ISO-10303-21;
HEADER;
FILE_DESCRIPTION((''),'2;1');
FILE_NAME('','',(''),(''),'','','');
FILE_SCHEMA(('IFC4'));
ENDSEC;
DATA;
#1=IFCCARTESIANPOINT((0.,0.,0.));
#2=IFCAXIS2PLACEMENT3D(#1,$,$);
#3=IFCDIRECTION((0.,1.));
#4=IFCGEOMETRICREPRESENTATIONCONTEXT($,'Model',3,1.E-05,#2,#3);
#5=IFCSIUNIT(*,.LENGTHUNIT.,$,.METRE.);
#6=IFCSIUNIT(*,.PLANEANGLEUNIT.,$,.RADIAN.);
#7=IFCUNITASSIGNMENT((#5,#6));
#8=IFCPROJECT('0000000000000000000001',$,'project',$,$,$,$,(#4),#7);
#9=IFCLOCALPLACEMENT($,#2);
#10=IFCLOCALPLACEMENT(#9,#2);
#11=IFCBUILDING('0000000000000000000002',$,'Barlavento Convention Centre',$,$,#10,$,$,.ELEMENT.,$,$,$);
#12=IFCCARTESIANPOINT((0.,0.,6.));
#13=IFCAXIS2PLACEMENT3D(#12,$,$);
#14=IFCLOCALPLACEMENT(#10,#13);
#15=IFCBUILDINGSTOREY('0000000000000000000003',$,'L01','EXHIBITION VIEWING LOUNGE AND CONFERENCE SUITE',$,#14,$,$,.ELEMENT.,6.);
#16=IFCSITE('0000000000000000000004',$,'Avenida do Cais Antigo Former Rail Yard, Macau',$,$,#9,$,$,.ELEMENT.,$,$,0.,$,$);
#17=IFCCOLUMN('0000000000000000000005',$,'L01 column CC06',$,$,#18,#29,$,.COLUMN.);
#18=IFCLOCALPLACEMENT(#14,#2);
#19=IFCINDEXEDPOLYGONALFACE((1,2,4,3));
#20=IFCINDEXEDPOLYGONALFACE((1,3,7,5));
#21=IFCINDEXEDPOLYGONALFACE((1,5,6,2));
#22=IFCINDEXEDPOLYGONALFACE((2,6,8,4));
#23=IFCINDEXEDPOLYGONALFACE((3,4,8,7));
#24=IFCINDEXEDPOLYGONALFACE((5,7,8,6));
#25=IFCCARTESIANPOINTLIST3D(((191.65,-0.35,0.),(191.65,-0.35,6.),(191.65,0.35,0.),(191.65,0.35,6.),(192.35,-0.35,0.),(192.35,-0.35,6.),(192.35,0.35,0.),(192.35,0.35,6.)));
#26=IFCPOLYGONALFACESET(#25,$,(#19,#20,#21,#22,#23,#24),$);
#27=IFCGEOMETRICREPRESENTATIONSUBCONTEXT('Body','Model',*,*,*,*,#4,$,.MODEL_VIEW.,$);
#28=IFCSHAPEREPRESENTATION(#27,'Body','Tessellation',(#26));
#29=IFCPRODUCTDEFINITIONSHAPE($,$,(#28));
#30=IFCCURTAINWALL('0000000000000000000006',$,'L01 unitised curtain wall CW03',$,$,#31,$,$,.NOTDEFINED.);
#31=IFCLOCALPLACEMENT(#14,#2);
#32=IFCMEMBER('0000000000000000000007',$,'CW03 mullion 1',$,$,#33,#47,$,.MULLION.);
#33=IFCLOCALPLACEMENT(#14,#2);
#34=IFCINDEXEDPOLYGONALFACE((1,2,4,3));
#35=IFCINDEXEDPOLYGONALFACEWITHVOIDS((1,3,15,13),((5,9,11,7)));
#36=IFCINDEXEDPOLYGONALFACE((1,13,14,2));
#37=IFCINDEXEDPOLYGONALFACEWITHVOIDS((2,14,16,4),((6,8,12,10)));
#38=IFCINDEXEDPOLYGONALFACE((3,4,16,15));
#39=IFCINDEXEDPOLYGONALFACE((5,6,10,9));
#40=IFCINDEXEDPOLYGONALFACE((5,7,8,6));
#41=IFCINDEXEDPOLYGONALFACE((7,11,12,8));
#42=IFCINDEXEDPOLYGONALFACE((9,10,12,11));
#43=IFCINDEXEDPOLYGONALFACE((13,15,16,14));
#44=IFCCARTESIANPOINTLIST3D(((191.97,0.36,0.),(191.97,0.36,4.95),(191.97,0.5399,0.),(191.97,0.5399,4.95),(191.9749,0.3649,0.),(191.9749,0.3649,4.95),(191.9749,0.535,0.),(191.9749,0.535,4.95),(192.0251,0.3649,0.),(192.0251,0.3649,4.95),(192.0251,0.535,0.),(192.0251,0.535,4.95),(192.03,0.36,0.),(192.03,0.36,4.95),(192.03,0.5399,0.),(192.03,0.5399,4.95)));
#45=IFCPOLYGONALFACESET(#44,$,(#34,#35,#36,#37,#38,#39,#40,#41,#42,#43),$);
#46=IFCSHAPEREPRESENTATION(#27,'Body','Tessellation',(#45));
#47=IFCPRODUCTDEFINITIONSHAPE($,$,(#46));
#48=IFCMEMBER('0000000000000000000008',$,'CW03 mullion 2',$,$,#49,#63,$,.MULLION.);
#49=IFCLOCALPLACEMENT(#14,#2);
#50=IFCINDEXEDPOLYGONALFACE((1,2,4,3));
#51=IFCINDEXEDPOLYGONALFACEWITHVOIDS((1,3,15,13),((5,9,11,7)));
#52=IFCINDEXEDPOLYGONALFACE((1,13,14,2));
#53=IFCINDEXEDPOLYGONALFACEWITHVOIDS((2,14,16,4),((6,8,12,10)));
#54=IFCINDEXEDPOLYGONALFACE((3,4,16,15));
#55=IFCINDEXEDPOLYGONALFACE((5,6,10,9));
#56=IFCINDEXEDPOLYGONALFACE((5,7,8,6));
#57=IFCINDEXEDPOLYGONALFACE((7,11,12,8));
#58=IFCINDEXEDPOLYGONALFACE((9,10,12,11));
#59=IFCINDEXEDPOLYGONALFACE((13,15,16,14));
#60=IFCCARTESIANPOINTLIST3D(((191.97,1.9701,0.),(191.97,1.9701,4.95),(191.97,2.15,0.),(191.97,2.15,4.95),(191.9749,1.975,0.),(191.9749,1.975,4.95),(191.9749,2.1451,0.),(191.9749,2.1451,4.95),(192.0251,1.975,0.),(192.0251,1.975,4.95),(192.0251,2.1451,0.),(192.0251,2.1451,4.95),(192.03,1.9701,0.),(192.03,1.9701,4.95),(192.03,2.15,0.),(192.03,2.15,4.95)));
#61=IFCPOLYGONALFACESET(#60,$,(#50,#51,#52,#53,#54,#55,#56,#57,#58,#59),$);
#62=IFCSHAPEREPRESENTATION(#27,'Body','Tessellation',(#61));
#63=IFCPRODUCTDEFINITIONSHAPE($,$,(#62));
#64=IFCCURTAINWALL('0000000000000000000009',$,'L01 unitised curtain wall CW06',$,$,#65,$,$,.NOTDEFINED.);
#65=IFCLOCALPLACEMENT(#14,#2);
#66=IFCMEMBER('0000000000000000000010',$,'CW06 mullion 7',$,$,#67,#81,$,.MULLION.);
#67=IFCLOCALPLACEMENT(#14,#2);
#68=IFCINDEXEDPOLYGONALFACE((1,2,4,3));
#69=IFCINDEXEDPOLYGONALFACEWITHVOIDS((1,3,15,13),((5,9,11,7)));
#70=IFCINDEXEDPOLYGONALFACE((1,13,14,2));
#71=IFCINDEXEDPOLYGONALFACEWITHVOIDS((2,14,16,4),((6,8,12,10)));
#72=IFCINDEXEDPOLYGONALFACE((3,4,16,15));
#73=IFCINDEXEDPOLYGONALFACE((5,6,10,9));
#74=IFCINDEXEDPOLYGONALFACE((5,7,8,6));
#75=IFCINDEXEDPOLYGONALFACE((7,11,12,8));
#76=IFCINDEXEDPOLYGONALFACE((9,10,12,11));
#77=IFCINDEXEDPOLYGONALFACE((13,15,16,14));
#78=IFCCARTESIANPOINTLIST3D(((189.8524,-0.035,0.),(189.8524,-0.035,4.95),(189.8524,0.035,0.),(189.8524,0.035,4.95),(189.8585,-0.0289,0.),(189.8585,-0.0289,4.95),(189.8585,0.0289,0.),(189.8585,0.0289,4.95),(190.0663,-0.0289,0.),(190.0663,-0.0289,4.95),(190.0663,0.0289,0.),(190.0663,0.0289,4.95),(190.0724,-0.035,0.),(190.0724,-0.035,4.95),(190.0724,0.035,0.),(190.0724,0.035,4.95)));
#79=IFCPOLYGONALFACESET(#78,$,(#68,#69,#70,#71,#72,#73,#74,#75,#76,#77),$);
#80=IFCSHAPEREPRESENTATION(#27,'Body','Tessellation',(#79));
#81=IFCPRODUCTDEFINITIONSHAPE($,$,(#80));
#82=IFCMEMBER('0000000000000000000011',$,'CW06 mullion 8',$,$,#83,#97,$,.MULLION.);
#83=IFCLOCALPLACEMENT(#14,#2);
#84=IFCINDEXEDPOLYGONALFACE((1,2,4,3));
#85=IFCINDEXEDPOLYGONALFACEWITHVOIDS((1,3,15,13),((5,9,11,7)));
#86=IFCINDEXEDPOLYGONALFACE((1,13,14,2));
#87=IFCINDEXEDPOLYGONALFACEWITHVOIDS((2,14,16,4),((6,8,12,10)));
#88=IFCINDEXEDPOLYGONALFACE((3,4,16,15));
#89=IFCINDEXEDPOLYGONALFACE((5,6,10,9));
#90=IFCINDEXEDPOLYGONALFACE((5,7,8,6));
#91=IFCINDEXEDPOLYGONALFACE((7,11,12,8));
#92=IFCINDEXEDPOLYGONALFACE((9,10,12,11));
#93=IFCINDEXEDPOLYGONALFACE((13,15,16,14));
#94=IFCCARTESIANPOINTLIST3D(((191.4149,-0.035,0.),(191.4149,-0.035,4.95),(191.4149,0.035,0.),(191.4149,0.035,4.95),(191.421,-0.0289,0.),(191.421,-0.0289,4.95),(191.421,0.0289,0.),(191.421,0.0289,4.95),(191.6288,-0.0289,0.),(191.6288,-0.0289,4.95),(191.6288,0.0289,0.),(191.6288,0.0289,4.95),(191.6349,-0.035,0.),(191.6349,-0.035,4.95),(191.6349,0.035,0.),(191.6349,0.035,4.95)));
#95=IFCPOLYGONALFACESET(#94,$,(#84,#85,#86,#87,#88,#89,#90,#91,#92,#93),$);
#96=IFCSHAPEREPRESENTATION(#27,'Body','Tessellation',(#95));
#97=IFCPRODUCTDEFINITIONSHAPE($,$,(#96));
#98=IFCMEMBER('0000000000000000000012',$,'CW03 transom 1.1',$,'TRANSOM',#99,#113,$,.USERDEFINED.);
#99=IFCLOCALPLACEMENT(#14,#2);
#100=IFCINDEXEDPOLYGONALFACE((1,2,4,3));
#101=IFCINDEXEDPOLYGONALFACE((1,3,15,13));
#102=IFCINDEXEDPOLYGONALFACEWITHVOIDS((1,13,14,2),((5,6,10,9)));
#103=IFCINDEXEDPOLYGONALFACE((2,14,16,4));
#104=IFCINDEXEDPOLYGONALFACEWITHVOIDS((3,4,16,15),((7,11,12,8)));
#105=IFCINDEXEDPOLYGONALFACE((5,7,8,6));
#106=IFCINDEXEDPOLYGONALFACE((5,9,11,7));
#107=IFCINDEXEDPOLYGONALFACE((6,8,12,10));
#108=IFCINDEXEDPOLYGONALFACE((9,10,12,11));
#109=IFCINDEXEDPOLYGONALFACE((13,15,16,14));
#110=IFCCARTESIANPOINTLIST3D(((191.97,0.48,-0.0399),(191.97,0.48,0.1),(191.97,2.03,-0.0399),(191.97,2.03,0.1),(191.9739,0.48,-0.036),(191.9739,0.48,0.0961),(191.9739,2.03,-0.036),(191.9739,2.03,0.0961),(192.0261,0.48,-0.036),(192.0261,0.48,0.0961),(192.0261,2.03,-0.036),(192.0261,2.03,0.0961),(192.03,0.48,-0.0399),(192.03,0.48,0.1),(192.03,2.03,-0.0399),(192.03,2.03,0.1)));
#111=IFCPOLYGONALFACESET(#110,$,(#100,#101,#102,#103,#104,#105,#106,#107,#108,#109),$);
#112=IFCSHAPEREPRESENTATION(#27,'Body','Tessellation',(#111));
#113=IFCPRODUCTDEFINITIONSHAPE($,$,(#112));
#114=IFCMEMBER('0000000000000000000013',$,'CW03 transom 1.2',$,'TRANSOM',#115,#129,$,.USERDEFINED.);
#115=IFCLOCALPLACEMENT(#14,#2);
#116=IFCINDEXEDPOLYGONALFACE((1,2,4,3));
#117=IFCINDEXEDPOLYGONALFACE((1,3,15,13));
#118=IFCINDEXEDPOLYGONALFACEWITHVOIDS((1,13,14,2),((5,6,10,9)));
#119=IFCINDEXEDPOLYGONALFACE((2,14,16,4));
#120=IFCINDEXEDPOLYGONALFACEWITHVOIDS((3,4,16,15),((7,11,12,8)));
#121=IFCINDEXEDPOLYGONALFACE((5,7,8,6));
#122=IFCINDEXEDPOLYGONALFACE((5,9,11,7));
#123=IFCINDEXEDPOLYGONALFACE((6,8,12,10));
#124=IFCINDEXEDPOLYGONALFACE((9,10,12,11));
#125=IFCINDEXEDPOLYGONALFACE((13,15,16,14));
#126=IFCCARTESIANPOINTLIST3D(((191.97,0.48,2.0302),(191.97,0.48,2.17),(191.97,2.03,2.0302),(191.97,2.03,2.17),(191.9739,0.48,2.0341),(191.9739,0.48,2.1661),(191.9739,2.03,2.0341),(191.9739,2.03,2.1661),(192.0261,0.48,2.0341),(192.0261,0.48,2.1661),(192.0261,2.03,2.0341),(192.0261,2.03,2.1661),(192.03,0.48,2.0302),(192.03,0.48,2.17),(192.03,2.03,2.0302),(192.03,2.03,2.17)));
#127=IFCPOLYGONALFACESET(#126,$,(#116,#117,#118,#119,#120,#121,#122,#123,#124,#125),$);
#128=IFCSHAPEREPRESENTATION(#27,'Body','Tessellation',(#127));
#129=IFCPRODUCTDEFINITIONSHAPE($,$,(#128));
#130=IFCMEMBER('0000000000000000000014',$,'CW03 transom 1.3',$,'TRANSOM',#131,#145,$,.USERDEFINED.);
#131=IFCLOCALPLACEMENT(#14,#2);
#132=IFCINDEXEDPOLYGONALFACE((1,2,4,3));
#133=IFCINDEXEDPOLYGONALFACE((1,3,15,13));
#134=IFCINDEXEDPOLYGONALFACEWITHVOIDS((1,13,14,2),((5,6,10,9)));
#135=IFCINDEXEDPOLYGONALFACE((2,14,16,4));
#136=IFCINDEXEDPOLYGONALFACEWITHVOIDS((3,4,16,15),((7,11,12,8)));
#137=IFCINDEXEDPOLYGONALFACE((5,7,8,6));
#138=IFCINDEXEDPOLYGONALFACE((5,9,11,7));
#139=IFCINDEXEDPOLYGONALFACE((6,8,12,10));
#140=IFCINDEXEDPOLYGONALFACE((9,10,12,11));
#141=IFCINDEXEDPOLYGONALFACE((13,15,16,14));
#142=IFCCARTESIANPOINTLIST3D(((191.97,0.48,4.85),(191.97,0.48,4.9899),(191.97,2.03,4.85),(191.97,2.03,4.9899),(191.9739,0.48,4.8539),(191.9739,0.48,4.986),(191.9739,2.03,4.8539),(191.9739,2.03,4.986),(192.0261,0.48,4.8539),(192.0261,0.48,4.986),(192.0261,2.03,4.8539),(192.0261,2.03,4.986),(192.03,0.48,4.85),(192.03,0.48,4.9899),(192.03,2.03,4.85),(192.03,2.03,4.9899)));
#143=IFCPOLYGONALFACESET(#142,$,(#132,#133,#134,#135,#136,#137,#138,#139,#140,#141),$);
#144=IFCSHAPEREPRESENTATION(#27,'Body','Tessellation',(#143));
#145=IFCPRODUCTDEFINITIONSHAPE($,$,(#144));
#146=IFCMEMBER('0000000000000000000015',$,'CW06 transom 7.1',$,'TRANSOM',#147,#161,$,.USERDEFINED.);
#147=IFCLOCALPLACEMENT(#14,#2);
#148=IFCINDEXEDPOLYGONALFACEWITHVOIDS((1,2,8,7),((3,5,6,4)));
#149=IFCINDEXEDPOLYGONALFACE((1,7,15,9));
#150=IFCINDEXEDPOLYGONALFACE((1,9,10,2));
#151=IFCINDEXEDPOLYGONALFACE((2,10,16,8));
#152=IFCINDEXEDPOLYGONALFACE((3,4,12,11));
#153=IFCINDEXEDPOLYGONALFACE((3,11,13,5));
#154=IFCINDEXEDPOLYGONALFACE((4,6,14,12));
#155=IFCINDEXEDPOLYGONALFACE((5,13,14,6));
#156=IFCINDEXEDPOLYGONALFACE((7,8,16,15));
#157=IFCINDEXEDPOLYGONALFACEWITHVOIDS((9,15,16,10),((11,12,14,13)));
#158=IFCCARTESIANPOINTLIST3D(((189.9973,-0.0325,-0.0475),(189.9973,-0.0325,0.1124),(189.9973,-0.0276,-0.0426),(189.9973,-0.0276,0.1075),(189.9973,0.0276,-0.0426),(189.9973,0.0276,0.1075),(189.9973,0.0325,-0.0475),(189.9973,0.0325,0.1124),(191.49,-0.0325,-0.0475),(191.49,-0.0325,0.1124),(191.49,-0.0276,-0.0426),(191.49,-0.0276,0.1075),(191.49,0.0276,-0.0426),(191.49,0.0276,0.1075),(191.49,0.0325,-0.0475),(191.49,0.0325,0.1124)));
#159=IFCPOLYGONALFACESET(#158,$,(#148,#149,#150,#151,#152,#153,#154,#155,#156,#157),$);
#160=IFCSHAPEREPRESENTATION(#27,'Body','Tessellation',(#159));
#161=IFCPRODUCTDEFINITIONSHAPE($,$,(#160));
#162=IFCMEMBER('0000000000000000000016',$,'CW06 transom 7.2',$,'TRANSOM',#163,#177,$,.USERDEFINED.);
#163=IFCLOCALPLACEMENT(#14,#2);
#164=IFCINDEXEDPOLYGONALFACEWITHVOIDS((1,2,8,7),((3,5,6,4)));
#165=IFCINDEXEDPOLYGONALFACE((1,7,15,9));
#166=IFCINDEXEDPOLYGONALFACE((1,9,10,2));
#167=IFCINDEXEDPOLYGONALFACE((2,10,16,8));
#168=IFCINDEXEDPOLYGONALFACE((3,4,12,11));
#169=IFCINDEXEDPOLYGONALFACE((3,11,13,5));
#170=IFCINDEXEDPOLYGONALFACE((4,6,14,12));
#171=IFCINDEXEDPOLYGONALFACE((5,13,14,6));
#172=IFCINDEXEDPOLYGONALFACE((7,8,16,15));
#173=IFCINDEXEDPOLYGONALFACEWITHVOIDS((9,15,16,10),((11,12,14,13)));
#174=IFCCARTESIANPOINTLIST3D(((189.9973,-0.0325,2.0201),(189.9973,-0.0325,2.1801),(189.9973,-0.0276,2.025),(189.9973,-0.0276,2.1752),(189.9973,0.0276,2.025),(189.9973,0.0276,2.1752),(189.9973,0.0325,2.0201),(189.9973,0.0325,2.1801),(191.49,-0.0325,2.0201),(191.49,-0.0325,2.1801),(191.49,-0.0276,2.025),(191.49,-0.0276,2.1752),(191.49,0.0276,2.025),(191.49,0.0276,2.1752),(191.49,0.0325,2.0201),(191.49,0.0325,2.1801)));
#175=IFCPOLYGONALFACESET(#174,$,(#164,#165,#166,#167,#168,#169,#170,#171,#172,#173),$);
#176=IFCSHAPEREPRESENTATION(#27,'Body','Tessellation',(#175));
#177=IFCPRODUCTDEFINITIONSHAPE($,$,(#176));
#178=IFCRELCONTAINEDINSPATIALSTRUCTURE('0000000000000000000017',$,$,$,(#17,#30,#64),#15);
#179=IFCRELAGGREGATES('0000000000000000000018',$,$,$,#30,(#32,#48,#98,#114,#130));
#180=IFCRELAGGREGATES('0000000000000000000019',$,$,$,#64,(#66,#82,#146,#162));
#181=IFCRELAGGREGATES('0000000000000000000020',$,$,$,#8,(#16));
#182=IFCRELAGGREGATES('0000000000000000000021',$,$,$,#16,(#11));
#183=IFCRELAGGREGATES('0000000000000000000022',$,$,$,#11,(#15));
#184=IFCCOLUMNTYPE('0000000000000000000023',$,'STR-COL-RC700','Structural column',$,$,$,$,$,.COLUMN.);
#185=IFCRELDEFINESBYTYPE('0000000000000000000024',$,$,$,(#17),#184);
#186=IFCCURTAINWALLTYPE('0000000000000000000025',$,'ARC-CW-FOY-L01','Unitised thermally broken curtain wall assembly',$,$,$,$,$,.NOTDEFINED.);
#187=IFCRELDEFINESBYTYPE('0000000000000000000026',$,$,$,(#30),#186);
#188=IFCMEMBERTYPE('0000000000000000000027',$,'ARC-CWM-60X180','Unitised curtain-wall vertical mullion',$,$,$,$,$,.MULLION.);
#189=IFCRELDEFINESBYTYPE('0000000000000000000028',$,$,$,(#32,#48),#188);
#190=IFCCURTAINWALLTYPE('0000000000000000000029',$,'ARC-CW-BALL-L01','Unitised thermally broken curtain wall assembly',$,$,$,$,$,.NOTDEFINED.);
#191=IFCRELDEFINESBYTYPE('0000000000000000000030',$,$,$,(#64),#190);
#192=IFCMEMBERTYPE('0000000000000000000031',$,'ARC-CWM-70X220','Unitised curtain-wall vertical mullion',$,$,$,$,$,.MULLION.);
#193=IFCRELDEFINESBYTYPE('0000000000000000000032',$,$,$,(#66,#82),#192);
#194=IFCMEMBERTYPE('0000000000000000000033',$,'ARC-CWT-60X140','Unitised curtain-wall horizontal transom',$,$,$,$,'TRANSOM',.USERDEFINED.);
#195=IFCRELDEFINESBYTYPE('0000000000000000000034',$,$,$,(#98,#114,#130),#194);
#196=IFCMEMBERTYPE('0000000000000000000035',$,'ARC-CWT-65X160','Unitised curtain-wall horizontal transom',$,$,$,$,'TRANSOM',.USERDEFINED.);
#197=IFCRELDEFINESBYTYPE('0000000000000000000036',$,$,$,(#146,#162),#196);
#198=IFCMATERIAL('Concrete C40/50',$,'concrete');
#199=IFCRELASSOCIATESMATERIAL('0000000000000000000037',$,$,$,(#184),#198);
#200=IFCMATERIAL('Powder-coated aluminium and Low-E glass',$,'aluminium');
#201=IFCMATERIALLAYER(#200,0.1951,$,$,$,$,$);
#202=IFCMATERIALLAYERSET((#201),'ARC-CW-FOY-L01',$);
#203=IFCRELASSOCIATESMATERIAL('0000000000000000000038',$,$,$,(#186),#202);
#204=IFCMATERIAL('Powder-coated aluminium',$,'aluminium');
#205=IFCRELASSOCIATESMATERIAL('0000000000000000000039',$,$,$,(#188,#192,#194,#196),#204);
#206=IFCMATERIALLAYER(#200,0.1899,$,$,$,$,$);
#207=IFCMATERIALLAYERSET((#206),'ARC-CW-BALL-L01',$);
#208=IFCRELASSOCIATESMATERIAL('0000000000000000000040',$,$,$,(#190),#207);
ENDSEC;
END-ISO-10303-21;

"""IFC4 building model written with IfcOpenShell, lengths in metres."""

from ifc_helpers import new_model, si_unit, direction, frame, origin, origin_2d, place, context, subcontext, project, spatial, rectangle, hollow_rectangle, extrude, material, layer, layer_set, material_profile, profile_set, type_object, element, aggregate, save


model = new_model("IFC4")

# Units and contexts
model_context = context("Model", 3, precision=1e-05, world=origin(), true_north=direction((0.0, 1.0)))
body_context = subcontext(model_context, "Body", "Model", "MODEL_VIEW")
ifc_project = project(units=[si_unit("LENGTHUNIT", "METRE"), si_unit("PLANEANGLEUNIT", "RADIAN")], contexts=[model_context])

# Site, building, storey
site_placement = place(None, origin())
site = spatial("IfcSite", under=ifc_project, at=site_placement, Name="Avenida do Cais Antigo Former Rail Yard, Macau", CompositionType="ELEMENT", RefElevation=0.0)
building_placement = place(site_placement, origin())
building = spatial("IfcBuilding", under=site, at=building_placement, Name="Barlavento Convention Centre", CompositionType="ELEMENT")
storey_placement = place(building_placement, frame((0.0, 0.0, 6.0)))
storey = spatial("IfcBuildingStorey", under=building, at=storey_placement, Name="L01", Description="EXHIBITION VIEWING LOUNGE AND CONFERENCE SUITE", CompositionType="ELEMENT", Elevation=6.0)

# Column
ifc_material_1 = material(Name="Concrete C40/50", Category="concrete")
ifc_material_profile_1 = material_profile(ifc_material_1, rectangle(XDim=0.7, YDim=0.7, at=origin_2d()), Name="RC 700x700")
ifc_profile_set_1 = profile_set([ifc_material_profile_1], Name="Concrete C40/50")
column_type = type_object("IfcColumnType", Name="STR-COL-RC700", Description="Structural column", PredefinedType="COLUMN", material=ifc_profile_set_1)
column_placement = place(storey_placement, frame((192.0, 0.0, 0.0), z_axis=(0.0, 0.0, 1.0), x_axis=(1.0, 0.0, 0.0)))
element("IfcColumn", 1, at=column_placement, inside=storey, type_object=column_type, Name="L01 column CC06", PredefinedType="COLUMN", context=body_context, shape_type="SweptSolid", body=[
    extrude(rectangle(XDim=0.7, YDim=0.7, at=origin_2d()), origin(), (0.0, 0.0, 1.0), 6.0),
])

# Curtain walls, members
ifc_material_2 = material(Name="Powder-coated aluminium and Low-E glass", Category="aluminium")
ifc_layer_1 = layer(ifc_material_2, 0.1951)
ifc_layer_set_1 = layer_set([ifc_layer_1], Name="ARC-CW-FOY-L01")
curtain_wall_type_1 = type_object("IfcCurtainWallType", Name="ARC-CW-FOY-L01", Description="Unitised thermally broken curtain wall assembly", PredefinedType="NOTDEFINED", material=ifc_layer_set_1)
curtain_wall_1_placement = place(storey_placement, origin())
curtain_wall_1 = element("IfcCurtainWall", 2, at=curtain_wall_1_placement, inside=storey, type_object=curtain_wall_type_1, Name="L01 unitised curtain wall CW03", PredefinedType="NOTDEFINED")
ifc_material_3 = material(Name="Powder-coated aluminium", Category="aluminium")
ifc_material_profile_2 = material_profile(ifc_material_3, hollow_rectangle(XDim=0.0601, YDim=0.1799, WallThickness=0.0049, at=origin_2d()), Name="AL-MULL 60x180x5")
ifc_profile_set_2 = profile_set([ifc_material_profile_2], Name="Powder-coated aluminium")
member_type_1 = type_object("IfcMemberType", Name="ARC-CWM-60X180", Description="Unitised curtain-wall vertical mullion", PredefinedType="MULLION", material=ifc_profile_set_2)
member_1_placement = place(storey_placement, frame((192.0, 0.45, 0.0), z_axis=(0.0, 0.0, 1.0), x_axis=(-1.0, 0.0, 0.0)))
member_1 = element("IfcMember", 3, at=member_1_placement, type_object=member_type_1, Name="CW03 mullion 1", PredefinedType="MULLION", context=body_context, shape_type="SweptSolid", body=[
    extrude(hollow_rectangle(XDim=0.0601, YDim=0.1799, WallThickness=0.0049, at=origin_2d()), origin(), (0.0, 0.0, 1.0), 4.95),
])
member_2_placement = place(storey_placement, frame((192.0, 2.0601, 0.0), z_axis=(0.0, 0.0, 1.0), x_axis=(-1.0, 0.0, 0.0)))
member_2 = element("IfcMember", 4, at=member_2_placement, type_object=member_type_1, Name="CW03 mullion 2", PredefinedType="MULLION", context=body_context, shape_type="SweptSolid", body=[
    extrude(hollow_rectangle(XDim=0.0601, YDim=0.1799, WallThickness=0.0049, at=origin_2d()), origin(), (0.0, 0.0, 1.0), 4.95),
])
ifc_layer_2 = layer(ifc_material_2, 0.1899)
ifc_layer_set_2 = layer_set([ifc_layer_2], Name="ARC-CW-BALL-L01")
curtain_wall_type_2 = type_object("IfcCurtainWallType", Name="ARC-CW-BALL-L01", Description="Unitised thermally broken curtain wall assembly", PredefinedType="NOTDEFINED", material=ifc_layer_set_2)
curtain_wall_2_placement = place(storey_placement, origin())
curtain_wall_2 = element("IfcCurtainWall", 5, at=curtain_wall_2_placement, inside=storey, type_object=curtain_wall_type_2, Name="L01 unitised curtain wall CW06", PredefinedType="NOTDEFINED")
ifc_material_profile_3 = material_profile(ifc_material_3, hollow_rectangle(XDim=0.0701, YDim=0.22, WallThickness=0.0061, at=origin_2d()), Name="AL-MULL 70x220x6")
ifc_profile_set_3 = profile_set([ifc_material_profile_3], Name="Powder-coated aluminium")
member_type_2 = type_object("IfcMemberType", Name="ARC-CWM-70X220", Description="Unitised curtain-wall vertical mullion", PredefinedType="MULLION", material=ifc_profile_set_3)
member_3_placement = place(storey_placement, frame((189.9624, 0.0, 0.0), z_axis=(0.0, 0.0, 1.0), x_axis=(0.0, 1.0, 0.0)))
member_3 = element("IfcMember", 6, at=member_3_placement, type_object=member_type_2, Name="CW06 mullion 7", PredefinedType="MULLION", context=body_context, shape_type="SweptSolid", body=[
    extrude(hollow_rectangle(XDim=0.0701, YDim=0.22, WallThickness=0.0061, at=origin_2d()), origin(), (0.0, 0.0, 1.0), 4.95),
])
member_4_placement = place(storey_placement, frame((191.5249, 0.0, 0.0), z_axis=(0.0, 0.0, 1.0), x_axis=(0.0, 1.0, 0.0)))
member_4 = element("IfcMember", 7, at=member_4_placement, type_object=member_type_2, Name="CW06 mullion 8", PredefinedType="MULLION", context=body_context, shape_type="SweptSolid", body=[
    extrude(hollow_rectangle(XDim=0.0701, YDim=0.22, WallThickness=0.0061, at=origin_2d()), origin(), (0.0, 0.0, 1.0), 4.95),
])

# Members
ifc_material_profile_4 = material_profile(ifc_material_3, hollow_rectangle(XDim=0.0601, YDim=0.1399, WallThickness=0.0039, at=origin_2d()), Name="AL-TRAN 60x140x4")
ifc_profile_set_4 = profile_set([ifc_material_profile_4], Name="Powder-coated aluminium")
member_type_3 = type_object("IfcMemberType", Name="ARC-CWT-60X140", Description="Unitised curtain-wall horizontal transom", ElementType="TRANSOM", PredefinedType="USERDEFINED", material=ifc_profile_set_4)
member_5_placement = place(storey_placement, frame((192.0, 0.48, 0.03), z_axis=(0.0, 1.0, 0.0), x_axis=(-1.0, 0.0, 0.0)))
member_5 = element("IfcMember", 8, at=member_5_placement, type_object=member_type_3, Name="CW03 transom 1.1", ObjectType="TRANSOM", PredefinedType="USERDEFINED", context=body_context, shape_type="SweptSolid", body=[
    extrude(hollow_rectangle(XDim=0.0601, YDim=0.1399, WallThickness=0.0039, at=origin_2d()), origin(), (0.0, 0.0, 1.0), 1.55),
])
member_6_placement = place(storey_placement, frame((192.0, 0.48, 2.1001), z_axis=(0.0, 1.0, 0.0), x_axis=(-1.0, 0.0, 0.0)))
member_6 = element("IfcMember", 9, at=member_6_placement, type_object=member_type_3, Name="CW03 transom 1.2", ObjectType="TRANSOM", PredefinedType="USERDEFINED", context=body_context, shape_type="SweptSolid", body=[
    extrude(hollow_rectangle(XDim=0.0601, YDim=0.1399, WallThickness=0.0039, at=origin_2d()), origin(), (0.0, 0.0, 1.0), 1.55),
])
member_7_placement = place(storey_placement, frame((192.0, 0.48, 4.9199), z_axis=(0.0, 1.0, 0.0), x_axis=(-1.0, 0.0, 0.0)))
member_7 = element("IfcMember", 10, at=member_7_placement, type_object=member_type_3, Name="CW03 transom 1.3", ObjectType="TRANSOM", PredefinedType="USERDEFINED", context=body_context, shape_type="SweptSolid", body=[
    extrude(hollow_rectangle(XDim=0.0601, YDim=0.1399, WallThickness=0.0039, at=origin_2d()), origin(), (0.0, 0.0, 1.0), 1.55),
])
ifc_material_profile_5 = material_profile(ifc_material_3, hollow_rectangle(XDim=0.0649, YDim=0.1599, WallThickness=0.0049, at=origin_2d()), Name="AL-TRAN 65x160x5")
ifc_profile_set_5 = profile_set([ifc_material_profile_5], Name="Powder-coated aluminium")
member_type_4 = type_object("IfcMemberType", Name="ARC-CWT-65X160", Description="Unitised curtain-wall horizontal transom", ElementType="TRANSOM", PredefinedType="USERDEFINED", material=ifc_profile_set_5)
member_8_placement = place(storey_placement, frame((189.9973, 0.0, 0.0325), z_axis=(1.0, 0.0, 0.0), x_axis=(0.0, 1.0, 0.0)))
member_8 = element("IfcMember", 11, at=member_8_placement, type_object=member_type_4, Name="CW06 transom 7.1", ObjectType="TRANSOM", PredefinedType="USERDEFINED", context=body_context, shape_type="SweptSolid", body=[
    extrude(hollow_rectangle(XDim=0.0649, YDim=0.1599, WallThickness=0.0049, at=origin_2d()), origin(), (0.0, 0.0, 1.0), 1.4927),
])
member_9_placement = place(storey_placement, frame((189.9973, 0.0, 2.1001), z_axis=(1.0, 0.0, 0.0), x_axis=(0.0, 1.0, 0.0)))
member_9 = element("IfcMember", 12, at=member_9_placement, type_object=member_type_4, Name="CW06 transom 7.2", ObjectType="TRANSOM", PredefinedType="USERDEFINED", context=body_context, shape_type="SweptSolid", body=[
    extrude(hollow_rectangle(XDim=0.0649, YDim=0.1599, WallThickness=0.0049, at=origin_2d()), origin(), (0.0, 0.0, 1.0), 1.4927),
])

aggregate(curtain_wall_1, [member_1, member_2, member_5, member_6, member_7])
aggregate(curtain_wall_2, [member_3, member_4, member_8, member_9])

save(model, "model.ifc")
